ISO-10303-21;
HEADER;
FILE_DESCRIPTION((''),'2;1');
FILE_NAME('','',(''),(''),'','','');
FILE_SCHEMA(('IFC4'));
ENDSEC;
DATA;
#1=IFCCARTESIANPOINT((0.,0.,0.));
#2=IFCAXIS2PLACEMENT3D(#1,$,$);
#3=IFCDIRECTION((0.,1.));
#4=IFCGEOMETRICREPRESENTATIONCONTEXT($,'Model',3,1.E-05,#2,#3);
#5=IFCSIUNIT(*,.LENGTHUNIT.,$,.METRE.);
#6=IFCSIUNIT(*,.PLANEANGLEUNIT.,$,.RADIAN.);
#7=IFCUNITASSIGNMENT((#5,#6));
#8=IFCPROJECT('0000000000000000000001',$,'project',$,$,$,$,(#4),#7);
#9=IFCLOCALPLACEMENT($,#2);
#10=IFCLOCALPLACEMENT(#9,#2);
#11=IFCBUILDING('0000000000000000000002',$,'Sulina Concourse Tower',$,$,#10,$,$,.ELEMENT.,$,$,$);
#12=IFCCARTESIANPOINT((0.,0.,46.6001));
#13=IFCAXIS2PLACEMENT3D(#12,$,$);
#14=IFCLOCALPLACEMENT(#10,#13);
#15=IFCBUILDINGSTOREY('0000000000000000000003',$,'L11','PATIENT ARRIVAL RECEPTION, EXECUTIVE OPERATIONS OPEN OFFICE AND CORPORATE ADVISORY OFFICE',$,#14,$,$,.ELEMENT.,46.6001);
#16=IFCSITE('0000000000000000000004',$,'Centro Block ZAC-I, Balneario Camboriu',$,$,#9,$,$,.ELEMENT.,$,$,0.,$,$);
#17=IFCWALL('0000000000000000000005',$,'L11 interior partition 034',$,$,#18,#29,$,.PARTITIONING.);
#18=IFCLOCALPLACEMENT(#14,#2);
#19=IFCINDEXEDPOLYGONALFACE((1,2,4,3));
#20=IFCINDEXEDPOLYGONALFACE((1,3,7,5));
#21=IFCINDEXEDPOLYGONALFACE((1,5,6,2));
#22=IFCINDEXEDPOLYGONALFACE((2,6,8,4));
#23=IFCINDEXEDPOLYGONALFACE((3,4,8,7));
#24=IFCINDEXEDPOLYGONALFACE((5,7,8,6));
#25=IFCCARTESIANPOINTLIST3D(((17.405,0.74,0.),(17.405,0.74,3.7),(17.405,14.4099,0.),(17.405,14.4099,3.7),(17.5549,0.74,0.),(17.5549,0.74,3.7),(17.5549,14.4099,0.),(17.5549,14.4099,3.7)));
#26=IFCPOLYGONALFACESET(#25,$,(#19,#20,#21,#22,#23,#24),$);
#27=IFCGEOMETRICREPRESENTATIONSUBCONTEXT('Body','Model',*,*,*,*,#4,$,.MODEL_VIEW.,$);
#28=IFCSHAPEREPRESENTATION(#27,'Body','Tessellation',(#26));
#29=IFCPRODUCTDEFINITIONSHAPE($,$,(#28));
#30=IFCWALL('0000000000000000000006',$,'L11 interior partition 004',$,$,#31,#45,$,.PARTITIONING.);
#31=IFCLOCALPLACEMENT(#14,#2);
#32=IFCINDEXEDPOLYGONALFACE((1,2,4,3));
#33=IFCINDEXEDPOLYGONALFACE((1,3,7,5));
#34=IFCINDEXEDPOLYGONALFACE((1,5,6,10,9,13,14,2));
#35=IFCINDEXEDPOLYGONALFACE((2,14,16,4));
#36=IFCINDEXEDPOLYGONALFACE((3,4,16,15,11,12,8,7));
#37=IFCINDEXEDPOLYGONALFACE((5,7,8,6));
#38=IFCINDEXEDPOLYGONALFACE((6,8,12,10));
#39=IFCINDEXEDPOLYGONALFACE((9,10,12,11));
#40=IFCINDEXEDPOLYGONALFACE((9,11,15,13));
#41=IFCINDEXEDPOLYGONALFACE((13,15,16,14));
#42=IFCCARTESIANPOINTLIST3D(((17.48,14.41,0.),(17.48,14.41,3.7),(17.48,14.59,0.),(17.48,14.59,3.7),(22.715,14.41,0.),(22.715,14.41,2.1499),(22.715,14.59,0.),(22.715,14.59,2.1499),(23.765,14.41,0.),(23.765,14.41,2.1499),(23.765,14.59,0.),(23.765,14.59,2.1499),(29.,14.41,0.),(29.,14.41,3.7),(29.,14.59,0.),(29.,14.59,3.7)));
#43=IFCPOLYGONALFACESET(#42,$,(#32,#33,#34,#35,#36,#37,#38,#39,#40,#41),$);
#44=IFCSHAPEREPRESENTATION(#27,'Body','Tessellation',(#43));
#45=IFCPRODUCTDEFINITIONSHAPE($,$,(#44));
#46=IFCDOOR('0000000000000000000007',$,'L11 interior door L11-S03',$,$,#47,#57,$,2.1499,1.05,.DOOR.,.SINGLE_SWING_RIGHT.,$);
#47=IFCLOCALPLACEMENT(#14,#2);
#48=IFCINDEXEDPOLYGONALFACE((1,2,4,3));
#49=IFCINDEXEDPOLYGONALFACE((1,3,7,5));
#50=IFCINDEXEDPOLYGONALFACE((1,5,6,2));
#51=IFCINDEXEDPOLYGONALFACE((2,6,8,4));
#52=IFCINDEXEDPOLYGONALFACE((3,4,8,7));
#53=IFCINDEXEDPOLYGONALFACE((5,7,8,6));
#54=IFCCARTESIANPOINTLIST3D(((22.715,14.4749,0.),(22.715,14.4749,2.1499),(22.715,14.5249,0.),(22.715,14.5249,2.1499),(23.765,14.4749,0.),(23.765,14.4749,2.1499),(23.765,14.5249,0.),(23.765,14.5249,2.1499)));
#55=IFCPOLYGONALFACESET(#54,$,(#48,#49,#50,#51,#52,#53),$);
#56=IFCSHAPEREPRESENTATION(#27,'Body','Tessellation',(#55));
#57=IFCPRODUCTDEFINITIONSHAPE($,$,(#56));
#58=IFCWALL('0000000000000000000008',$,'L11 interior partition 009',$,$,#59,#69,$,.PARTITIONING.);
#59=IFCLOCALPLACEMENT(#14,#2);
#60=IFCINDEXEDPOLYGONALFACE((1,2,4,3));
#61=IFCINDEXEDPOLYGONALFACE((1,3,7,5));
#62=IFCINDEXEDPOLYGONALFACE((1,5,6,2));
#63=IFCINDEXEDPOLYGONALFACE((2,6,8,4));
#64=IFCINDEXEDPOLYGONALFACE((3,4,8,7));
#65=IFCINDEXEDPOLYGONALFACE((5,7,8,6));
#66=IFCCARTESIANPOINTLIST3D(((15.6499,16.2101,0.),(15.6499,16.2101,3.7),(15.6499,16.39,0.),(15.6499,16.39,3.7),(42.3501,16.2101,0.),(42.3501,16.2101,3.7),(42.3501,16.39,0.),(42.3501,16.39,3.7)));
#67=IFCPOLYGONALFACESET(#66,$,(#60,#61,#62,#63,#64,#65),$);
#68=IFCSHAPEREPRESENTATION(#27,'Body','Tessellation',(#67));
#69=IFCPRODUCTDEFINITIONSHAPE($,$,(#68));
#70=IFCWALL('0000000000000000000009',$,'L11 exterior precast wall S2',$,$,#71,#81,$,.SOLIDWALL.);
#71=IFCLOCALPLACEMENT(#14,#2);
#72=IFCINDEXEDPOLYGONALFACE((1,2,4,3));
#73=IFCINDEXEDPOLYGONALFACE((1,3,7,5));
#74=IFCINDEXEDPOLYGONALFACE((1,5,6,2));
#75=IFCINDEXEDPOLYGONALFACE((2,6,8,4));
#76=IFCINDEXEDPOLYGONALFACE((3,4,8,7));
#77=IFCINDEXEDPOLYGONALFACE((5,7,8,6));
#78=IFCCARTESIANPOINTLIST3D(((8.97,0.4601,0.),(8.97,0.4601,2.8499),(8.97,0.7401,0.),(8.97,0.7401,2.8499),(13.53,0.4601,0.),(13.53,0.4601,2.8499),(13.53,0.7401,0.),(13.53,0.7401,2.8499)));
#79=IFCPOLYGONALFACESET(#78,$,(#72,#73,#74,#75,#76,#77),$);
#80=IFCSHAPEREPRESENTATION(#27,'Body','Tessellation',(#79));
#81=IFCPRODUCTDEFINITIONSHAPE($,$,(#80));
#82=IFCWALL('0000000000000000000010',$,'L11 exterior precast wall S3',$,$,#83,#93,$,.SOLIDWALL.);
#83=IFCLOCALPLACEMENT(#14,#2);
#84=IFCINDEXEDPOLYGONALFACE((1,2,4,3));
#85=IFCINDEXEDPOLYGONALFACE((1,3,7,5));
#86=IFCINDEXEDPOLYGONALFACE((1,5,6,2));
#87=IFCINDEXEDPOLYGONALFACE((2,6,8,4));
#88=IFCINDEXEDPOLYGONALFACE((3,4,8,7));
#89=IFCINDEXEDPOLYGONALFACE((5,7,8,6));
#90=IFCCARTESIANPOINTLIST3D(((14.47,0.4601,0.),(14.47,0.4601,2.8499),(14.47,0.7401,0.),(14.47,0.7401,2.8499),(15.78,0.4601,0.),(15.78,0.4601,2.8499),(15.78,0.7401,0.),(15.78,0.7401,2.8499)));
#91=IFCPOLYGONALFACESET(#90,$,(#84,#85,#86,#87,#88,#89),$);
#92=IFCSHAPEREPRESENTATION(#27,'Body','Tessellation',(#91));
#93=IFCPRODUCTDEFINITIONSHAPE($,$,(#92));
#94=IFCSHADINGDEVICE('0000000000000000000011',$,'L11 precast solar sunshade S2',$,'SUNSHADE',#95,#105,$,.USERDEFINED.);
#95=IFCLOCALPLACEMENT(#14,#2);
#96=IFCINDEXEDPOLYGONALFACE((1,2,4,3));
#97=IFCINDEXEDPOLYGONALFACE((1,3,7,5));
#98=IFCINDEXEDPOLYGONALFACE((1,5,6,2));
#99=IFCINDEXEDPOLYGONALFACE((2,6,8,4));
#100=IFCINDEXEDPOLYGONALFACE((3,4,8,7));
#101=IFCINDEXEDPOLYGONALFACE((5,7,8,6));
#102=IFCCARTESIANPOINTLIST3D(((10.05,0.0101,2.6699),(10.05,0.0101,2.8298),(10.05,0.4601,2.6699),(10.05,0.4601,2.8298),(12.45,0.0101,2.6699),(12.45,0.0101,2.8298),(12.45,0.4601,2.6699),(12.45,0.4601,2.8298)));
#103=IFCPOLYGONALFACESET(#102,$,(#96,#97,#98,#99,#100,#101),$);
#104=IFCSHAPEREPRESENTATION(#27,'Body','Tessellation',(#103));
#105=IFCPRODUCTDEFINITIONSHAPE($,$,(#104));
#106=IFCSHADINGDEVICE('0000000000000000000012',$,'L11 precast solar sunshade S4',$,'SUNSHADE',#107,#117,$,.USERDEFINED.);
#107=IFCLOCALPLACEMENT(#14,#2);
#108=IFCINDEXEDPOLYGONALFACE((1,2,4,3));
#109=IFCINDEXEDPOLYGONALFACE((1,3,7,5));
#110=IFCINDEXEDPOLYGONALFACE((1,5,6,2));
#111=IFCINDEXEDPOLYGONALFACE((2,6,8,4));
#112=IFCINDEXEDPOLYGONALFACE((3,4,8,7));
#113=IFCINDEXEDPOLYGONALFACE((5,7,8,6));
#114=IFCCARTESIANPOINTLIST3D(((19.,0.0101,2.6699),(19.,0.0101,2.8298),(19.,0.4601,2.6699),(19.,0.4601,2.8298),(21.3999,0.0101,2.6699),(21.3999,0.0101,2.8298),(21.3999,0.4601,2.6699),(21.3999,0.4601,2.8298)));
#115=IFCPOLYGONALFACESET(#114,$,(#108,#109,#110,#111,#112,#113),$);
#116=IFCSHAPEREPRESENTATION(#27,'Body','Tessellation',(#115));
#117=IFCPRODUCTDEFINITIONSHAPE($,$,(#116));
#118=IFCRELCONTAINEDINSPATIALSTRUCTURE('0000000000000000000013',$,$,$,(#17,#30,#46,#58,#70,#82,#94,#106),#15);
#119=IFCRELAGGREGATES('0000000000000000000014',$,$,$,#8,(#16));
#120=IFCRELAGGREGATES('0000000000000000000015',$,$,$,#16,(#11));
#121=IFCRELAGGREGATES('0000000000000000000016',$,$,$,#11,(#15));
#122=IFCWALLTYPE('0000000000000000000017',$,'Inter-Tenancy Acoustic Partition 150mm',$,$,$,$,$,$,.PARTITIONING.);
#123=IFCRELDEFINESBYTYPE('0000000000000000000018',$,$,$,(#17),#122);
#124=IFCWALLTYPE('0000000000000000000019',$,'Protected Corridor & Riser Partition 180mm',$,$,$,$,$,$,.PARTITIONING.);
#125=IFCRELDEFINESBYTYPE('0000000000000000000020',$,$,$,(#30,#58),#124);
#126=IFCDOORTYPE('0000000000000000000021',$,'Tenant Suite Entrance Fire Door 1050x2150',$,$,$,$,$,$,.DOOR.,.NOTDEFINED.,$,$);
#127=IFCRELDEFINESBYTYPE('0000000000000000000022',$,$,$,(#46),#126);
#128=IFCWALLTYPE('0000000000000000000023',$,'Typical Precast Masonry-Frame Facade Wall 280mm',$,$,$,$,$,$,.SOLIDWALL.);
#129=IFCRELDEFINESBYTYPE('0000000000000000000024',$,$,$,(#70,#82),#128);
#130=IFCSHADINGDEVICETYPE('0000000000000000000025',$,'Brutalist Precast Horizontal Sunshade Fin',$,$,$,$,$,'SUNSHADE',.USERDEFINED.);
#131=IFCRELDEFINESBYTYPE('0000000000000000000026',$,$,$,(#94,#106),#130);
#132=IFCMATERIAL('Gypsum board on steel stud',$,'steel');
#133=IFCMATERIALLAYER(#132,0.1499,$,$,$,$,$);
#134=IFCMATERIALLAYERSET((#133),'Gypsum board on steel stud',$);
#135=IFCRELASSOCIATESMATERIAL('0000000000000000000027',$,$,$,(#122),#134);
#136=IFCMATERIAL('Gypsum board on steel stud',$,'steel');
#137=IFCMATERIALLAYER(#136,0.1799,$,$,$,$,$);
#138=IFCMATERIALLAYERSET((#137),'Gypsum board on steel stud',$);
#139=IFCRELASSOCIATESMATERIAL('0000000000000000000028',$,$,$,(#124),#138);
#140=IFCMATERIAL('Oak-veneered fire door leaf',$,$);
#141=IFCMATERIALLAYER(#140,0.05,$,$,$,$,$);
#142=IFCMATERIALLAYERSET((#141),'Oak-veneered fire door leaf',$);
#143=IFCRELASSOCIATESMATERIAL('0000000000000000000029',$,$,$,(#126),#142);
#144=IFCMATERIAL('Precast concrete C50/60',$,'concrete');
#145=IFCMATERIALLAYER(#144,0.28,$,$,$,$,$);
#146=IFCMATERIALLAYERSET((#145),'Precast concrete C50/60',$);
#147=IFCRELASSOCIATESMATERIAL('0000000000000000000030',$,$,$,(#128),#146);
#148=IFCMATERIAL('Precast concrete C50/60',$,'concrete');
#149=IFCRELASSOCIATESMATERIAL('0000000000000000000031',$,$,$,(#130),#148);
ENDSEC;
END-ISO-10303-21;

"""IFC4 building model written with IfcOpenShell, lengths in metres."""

from ifc_helpers import new_model, si_unit, direction, frame, frame_2d, origin, origin_2d, place, context, subcontext, project, spatial, rectangle, extrude, material, layer, layer_set, type_object, element, fill, save


model = new_model("IFC4")

# Units and contexts
model_context = context("Model", 3, precision=1e-05, world=origin(), true_north=direction((0.0, 1.0)))
body_context = subcontext(model_context, "Body", "Model", "MODEL_VIEW")
ifc_project = project(units=[si_unit("LENGTHUNIT", "METRE"), si_unit("PLANEANGLEUNIT", "RADIAN")], contexts=[model_context])

# Site, building, storey
site_placement = place(None, origin())
site = spatial("IfcSite", under=ifc_project, at=site_placement, Name="Centro Block ZAC-I, Balneario Camboriu", CompositionType="ELEMENT", RefElevation=0.0)
building_placement = place(site_placement, origin())
building = spatial("IfcBuilding", under=site, at=building_placement, Name="Sulina Concourse Tower", CompositionType="ELEMENT")
storey_placement = place(building_placement, frame((0.0, 0.0, 46.6001)))
storey = spatial("IfcBuildingStorey", under=building, at=storey_placement, Name="L11", Description="PATIENT ARRIVAL RECEPTION, EXECUTIVE OPERATIONS OPEN OFFICE AND CORPORATE ADVISORY OFFICE", CompositionType="ELEMENT", Elevation=46.6001)

# Wall
ifc_material_1 = material(Name="Gypsum board on steel stud", Category="steel")
ifc_layer_1 = layer(ifc_material_1, 0.1499)
ifc_layer_set_1 = layer_set([ifc_layer_1], Name="Gypsum board on steel stud")
wall_type_1 = type_object("IfcWallType", Name="Inter-Tenancy Acoustic Partition 150mm", PredefinedType="PARTITIONING", material=ifc_layer_set_1)
for number, where, z_axis, x_axis, name in (
    (1, (17.48, 0.74, 0.0), (0.0, 0.0, 1.0), (0.0, 1.0, 0.0), "L11 interior partition 034"),
):
    element("IfcWall", number, at=place(storey_placement, frame(where, z_axis=z_axis, x_axis=x_axis)), inside=storey, type_object=wall_type_1, Name=name, PredefinedType="PARTITIONING", context=body_context, shape_type="SweptSolid", body=[
        extrude(rectangle(XDim=13.6699, YDim=0.1499, at=frame_2d((6.835, 0.0))), origin(), (0.0, 0.0, 1.0), 3.7),
    ])

# Wall, opening, door
ifc_material_2 = material(Name="Gypsum board on steel stud", Category="steel")
ifc_layer_2 = layer(ifc_material_2, 0.1799)
ifc_layer_set_2 = layer_set([ifc_layer_2], Name="Gypsum board on steel stud")
wall_type_2 = type_object("IfcWallType", Name="Protected Corridor & Riser Partition 180mm", PredefinedType="PARTITIONING", material=ifc_layer_set_2)
wall_1_placement = place(storey_placement, frame((17.48, 14.5, 0.0), z_axis=(0.0, 0.0, 1.0), x_axis=(1.0, 0.0, 0.0)))
wall_1 = element("IfcWall", 2, at=wall_1_placement, inside=storey, type_object=wall_type_2, Name="L11 interior partition 004", PredefinedType="PARTITIONING", context=body_context, shape_type="SweptSolid", body=[
    extrude(rectangle(XDim=11.52, YDim=0.1799, at=frame_2d((5.76, 0.0))), origin(), (0.0, 0.0, 1.0), 3.7),
])
opening_1_placement = place(wall_1_placement, frame((5.2351, 0.0, 0.0)))
opening_1 = element("IfcOpeningElement", 3, at=opening_1_placement, cuts=wall_1, PredefinedType="OPENING", context=body_context, shape_type="SweptSolid", body=[
    extrude(rectangle(XDim=1.05, YDim=2.1499, at=frame_2d((0.5249, 1.075))), frame((0.0, 0.0999, 0.0), z_axis=(0.0, -1.0, 0.0), x_axis=(1.0, 0.0, 0.0)), (0.0, 0.0, 1.0), 0.2),
])
ifc_material_3 = material(Name="Oak-veneered fire door leaf")
ifc_layer_3 = layer(ifc_material_3, 0.05)
ifc_layer_set_3 = layer_set([ifc_layer_3], Name="Oak-veneered fire door leaf")
door_type_1 = type_object("IfcDoorType", Name="Tenant Suite Entrance Fire Door 1050x2150", OperationType="NOTDEFINED", PredefinedType="DOOR", material=ifc_layer_set_3)
door_1_placement = place(opening_1_placement, origin())
door_1 = element("IfcDoor", 4, at=door_1_placement, inside=storey, type_object=door_type_1, Name="L11 interior door L11-S03", OperationType="SINGLE_SWING_RIGHT", OverallHeight=2.1499, OverallWidth=1.05, PredefinedType="DOOR", context=body_context, shape_type="SweptSolid", body=[
    extrude(rectangle(XDim=1.05, YDim=2.1499, at=frame_2d((0.5249, 1.075))), frame((0.0, 0.0249, 0.0), z_axis=(0.0, -1.0, 0.0), x_axis=(1.0, 0.0, 0.0)), (0.0, 0.0, 1.0), 0.05),
])
fill(opening_1, door_1)

# Walls
wall_2_placement = place(storey_placement, frame((15.6499, 16.3, 0.0), z_axis=(0.0, 0.0, 1.0), x_axis=(1.0, 0.0, 0.0)))
element("IfcWall", 5, at=wall_2_placement, inside=storey, type_object=wall_type_2, Name="L11 interior partition 009", PredefinedType="PARTITIONING", context=body_context, shape_type="SweptSolid", body=[
    extrude(rectangle(XDim=26.7002, YDim=0.1799, at=frame_2d((13.3501, 0.0))), origin(), (0.0, 0.0, 1.0), 3.7),
])
ifc_material_4 = material(Name="Precast concrete C50/60", Category="concrete")
ifc_layer_4 = layer(ifc_material_4, 0.28)
ifc_layer_set_4 = layer_set([ifc_layer_4], Name="Precast concrete C50/60")
wall_type_3 = type_object("IfcWallType", Name="Typical Precast Masonry-Frame Facade Wall 280mm", PredefinedType="SOLIDWALL", material=ifc_layer_set_4)
wall_3_placement = place(storey_placement, frame((13.53, 0.6001, 0.0), z_axis=(0.0, 0.0, 1.0), x_axis=(-1.0, 0.0, 0.0)))
element("IfcWall", 6, at=wall_3_placement, inside=storey, type_object=wall_type_3, Name="L11 exterior precast wall S2", PredefinedType="SOLIDWALL", context=body_context, shape_type="SweptSolid", body=[
    extrude(rectangle(XDim=4.5601, YDim=0.28, at=frame_2d((2.28, 0.0))), origin(), (0.0, 0.0, 1.0), 2.8499),
])
wall_4_placement = place(storey_placement, frame((15.78, 0.6001, 0.0), z_axis=(0.0, 0.0, 1.0), x_axis=(-1.0, 0.0, 0.0)))
element("IfcWall", 7, at=wall_4_placement, inside=storey, type_object=wall_type_3, Name="L11 exterior precast wall S3", PredefinedType="SOLIDWALL", context=body_context, shape_type="SweptSolid", body=[
    extrude(rectangle(XDim=1.3101, YDim=0.28, at=frame_2d((0.655, 0.0))), origin(), (0.0, 0.0, 1.0), 2.8499),
])

# Shading devices
ifc_material_5 = material(Name="Precast concrete C50/60", Category="concrete")
shading_device_type = type_object("IfcShadingDeviceType", Name="Brutalist Precast Horizontal Sunshade Fin", ElementType="SUNSHADE", PredefinedType="USERDEFINED", material=ifc_material_5)
for number, where, z_axis, x_axis, name in (
    (8, (11.25, 0.2351, 2.6699), (0.0, 0.0, 1.0), (1.0, 0.0, 0.0), "L11 precast solar sunshade S2"),
    (9, (20.2, 0.2351, 2.6699), (0.0, 0.0, 1.0), (1.0, 0.0, 0.0), "L11 precast solar sunshade S4"),
):
    element("IfcShadingDevice", number, at=place(storey_placement, frame(where, z_axis=z_axis, x_axis=x_axis)), inside=storey, type_object=shading_device_type, Name=name, ObjectType="SUNSHADE", PredefinedType="USERDEFINED", context=body_context, shape_type="SweptSolid", body=[
        extrude(rectangle(XDim=2.3999, YDim=0.45, at=origin_2d()), origin(), (0.0, 0.0, 1.0), 0.1599),
    ])

save(model, "model.ifc")
